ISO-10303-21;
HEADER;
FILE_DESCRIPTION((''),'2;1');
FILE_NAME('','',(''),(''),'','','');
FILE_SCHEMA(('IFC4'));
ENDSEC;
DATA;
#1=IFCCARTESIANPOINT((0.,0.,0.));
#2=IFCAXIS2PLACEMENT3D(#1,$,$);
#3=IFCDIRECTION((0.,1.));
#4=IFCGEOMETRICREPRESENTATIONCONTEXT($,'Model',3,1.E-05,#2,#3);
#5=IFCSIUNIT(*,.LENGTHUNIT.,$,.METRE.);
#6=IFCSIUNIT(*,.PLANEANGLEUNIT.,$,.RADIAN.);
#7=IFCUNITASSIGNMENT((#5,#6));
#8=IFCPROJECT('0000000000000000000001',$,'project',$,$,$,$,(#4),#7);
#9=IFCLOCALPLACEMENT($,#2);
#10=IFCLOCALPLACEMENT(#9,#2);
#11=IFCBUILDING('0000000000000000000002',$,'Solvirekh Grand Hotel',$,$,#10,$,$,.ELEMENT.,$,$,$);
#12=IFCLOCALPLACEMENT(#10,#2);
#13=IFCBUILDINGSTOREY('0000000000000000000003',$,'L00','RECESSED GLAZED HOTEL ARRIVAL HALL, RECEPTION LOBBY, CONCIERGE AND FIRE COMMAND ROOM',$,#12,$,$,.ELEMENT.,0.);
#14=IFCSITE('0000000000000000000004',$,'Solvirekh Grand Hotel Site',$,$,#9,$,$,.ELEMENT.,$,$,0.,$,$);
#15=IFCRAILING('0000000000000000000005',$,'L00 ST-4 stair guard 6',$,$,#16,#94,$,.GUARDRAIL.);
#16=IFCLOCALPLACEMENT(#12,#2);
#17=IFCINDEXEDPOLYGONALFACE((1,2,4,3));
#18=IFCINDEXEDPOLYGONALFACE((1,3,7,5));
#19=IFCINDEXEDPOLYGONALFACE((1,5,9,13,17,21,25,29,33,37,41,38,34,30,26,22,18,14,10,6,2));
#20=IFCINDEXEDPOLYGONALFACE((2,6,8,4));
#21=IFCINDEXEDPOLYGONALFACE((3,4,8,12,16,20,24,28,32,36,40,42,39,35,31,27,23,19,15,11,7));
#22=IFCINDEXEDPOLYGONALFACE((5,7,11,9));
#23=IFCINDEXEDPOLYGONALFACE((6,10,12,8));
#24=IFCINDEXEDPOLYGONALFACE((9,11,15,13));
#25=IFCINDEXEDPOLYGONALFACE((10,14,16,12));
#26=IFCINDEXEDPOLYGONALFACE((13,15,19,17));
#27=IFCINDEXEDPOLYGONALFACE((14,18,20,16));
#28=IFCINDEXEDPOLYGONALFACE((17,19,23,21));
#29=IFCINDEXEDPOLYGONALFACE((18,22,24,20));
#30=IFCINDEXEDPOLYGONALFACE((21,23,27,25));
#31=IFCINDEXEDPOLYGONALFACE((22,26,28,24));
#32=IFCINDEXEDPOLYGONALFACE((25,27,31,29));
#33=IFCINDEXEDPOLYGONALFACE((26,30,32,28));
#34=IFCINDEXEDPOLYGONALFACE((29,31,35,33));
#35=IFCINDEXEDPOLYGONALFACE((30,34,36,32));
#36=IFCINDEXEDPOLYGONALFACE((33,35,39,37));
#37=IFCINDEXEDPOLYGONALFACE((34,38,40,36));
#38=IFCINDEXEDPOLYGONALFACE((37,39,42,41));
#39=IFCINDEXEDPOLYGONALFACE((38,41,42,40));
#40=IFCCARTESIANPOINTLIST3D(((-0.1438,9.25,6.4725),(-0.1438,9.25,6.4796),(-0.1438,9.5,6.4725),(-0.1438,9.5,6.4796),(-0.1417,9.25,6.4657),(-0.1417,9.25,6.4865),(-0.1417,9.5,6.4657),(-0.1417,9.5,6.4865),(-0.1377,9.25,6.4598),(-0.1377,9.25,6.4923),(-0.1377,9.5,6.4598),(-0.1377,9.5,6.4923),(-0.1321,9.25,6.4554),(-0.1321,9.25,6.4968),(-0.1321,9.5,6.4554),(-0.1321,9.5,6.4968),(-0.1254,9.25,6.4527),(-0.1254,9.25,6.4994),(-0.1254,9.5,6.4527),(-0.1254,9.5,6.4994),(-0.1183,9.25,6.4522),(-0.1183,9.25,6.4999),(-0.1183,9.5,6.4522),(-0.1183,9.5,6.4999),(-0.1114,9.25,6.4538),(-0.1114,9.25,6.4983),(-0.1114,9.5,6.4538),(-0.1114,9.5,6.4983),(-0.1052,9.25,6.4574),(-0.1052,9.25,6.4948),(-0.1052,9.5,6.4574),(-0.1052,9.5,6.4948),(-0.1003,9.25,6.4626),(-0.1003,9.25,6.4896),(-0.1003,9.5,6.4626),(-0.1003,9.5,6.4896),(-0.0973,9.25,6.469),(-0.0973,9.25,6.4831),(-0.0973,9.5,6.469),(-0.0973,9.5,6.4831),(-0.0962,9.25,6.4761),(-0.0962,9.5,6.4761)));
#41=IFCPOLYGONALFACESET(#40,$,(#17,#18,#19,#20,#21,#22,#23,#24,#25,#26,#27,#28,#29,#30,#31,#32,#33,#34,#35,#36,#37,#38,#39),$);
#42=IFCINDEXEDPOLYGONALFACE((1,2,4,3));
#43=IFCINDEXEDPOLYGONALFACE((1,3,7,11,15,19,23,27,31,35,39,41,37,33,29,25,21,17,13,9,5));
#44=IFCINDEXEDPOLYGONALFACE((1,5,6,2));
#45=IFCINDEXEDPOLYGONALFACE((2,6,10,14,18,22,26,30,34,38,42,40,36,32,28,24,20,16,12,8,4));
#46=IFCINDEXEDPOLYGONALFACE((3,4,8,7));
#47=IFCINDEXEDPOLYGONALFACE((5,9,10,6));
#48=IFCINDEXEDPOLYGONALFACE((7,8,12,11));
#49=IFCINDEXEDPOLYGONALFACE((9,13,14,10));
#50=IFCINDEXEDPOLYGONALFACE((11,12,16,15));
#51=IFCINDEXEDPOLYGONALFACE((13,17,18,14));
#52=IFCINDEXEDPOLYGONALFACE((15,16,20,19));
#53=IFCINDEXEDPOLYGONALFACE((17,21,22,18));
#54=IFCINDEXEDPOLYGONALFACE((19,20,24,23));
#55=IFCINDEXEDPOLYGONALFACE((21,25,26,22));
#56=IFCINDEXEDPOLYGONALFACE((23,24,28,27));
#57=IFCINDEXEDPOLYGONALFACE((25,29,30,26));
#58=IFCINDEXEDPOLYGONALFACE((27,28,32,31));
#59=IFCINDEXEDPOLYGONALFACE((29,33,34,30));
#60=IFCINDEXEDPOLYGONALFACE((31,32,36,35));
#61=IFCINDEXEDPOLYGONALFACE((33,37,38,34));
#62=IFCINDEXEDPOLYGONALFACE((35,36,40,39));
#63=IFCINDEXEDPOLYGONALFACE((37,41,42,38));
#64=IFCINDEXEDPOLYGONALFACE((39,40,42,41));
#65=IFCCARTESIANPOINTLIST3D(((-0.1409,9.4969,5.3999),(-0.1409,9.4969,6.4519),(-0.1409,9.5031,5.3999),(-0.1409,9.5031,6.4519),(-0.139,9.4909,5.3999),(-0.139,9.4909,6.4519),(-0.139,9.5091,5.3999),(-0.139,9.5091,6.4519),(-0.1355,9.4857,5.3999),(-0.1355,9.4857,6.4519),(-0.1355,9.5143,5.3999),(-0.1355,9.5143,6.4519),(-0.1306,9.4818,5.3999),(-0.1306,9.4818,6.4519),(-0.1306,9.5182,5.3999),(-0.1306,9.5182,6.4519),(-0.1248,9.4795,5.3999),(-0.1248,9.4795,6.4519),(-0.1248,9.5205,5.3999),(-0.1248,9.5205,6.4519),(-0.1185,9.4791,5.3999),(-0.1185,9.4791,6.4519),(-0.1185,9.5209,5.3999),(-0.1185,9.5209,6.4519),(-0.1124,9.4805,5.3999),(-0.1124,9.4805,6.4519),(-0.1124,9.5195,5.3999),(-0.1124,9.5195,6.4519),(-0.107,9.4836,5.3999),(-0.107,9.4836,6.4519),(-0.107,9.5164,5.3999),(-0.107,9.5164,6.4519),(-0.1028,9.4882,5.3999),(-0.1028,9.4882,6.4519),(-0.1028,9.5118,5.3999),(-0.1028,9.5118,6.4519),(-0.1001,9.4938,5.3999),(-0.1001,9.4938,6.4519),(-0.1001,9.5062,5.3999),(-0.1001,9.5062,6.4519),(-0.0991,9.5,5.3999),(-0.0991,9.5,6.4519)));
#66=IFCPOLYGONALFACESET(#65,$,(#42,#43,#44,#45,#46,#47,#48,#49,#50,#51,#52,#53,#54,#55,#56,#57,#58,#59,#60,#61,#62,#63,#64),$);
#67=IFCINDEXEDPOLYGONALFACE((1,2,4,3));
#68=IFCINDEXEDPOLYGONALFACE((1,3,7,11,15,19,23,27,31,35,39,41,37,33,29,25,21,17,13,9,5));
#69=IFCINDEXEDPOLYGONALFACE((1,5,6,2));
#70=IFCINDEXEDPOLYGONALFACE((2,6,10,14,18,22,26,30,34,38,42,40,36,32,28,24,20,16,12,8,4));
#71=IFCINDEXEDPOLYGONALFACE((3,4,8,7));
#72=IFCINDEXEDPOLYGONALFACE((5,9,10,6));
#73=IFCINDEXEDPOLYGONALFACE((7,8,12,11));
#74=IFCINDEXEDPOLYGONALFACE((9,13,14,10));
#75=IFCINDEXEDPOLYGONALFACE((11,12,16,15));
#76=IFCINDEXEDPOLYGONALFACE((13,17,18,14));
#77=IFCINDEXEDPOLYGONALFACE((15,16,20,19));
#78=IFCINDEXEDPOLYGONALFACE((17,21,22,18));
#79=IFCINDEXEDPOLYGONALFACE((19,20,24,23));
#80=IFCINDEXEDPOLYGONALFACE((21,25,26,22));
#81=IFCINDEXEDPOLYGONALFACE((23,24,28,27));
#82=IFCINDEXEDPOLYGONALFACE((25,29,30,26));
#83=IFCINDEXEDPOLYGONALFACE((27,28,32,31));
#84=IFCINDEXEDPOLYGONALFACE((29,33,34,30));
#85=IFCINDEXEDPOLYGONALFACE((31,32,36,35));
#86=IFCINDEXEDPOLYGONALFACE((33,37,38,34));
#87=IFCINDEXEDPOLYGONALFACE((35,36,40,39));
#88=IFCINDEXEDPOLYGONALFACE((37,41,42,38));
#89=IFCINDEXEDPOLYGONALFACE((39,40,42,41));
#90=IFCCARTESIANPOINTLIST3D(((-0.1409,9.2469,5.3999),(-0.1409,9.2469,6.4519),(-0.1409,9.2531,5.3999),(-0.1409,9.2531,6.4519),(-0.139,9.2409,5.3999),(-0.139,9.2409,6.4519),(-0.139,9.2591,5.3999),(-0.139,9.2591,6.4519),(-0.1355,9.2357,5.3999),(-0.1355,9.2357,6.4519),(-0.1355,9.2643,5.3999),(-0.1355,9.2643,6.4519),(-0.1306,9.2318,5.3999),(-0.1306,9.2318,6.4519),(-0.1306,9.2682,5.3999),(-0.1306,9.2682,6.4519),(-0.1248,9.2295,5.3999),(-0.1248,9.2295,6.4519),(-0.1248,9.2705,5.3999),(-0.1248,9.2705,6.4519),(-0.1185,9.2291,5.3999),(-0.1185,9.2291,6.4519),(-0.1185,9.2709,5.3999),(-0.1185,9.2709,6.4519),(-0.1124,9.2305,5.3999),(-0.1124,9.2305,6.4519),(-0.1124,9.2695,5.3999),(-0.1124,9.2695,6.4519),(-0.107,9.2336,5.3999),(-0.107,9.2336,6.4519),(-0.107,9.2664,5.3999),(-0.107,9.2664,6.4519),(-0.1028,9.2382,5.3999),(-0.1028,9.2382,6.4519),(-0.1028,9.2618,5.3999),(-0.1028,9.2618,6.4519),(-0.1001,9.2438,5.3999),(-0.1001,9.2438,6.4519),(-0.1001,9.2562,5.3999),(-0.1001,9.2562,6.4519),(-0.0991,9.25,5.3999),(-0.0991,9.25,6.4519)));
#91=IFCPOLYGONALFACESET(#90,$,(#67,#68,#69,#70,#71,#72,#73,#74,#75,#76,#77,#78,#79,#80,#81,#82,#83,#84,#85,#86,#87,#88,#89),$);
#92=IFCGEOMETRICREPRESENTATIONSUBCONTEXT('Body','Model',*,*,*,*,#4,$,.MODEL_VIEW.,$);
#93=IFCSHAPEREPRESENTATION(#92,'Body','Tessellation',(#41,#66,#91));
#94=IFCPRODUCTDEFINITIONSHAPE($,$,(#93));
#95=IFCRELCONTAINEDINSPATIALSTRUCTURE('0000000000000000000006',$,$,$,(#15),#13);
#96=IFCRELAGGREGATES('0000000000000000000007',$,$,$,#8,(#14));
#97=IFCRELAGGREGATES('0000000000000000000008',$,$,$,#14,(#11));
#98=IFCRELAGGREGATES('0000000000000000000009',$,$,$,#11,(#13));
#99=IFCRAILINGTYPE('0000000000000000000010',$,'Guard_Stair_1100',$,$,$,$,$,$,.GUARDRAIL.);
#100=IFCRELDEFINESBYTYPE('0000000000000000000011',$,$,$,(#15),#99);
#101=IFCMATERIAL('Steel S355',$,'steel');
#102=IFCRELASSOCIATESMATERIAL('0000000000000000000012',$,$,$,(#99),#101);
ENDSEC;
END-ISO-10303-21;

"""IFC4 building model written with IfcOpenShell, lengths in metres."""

from ifc_helpers import new_model, si_unit, direction, frame, origin, origin_2d, place, context, subcontext, project, spatial, circle, extrude, material, type_object, element, save


model = new_model("IFC4")

# Units and contexts
model_context = context("Model", 3, precision=1e-05, world=origin(), true_north=direction((0.0, 1.0)))
body_context = subcontext(model_context, "Body", "Model", "MODEL_VIEW")
ifc_project = project(units=[si_unit("LENGTHUNIT", "METRE"), si_unit("PLANEANGLEUNIT", "RADIAN")], contexts=[model_context])

# Site, building, storey
site_placement = place(None, origin())
site = spatial("IfcSite", under=ifc_project, at=site_placement, Name="Solvirekh Grand Hotel Site", CompositionType="ELEMENT", RefElevation=0.0)
building_placement = place(site_placement, origin())
building = spatial("IfcBuilding", under=site, at=building_placement, Name="Solvirekh Grand Hotel", CompositionType="ELEMENT")
storey_placement = place(building_placement, origin())
storey = spatial("IfcBuildingStorey", under=building, at=storey_placement, Name="L00", Description="RECESSED GLAZED HOTEL ARRIVAL HALL, RECEPTION LOBBY, CONCIERGE AND FIRE COMMAND ROOM", CompositionType="ELEMENT", Elevation=0.0)

# Shared definitions
ifc_material_1 = material(Name="Steel S355", Category="steel")

# Railing
railing_type_1 = type_object("IfcRailingType", Name="Guard_Stair_1100", PredefinedType="GUARDRAIL", material=ifc_material_1)
railing_1_placement = place(storey_placement, frame((-0.1201, 9.5, 5.3999)))
element("IfcRailing", 1, at=railing_1_placement, inside=storey, type_object=railing_type_1, Name="L00 ST-4 stair guard 6", PredefinedType="GUARDRAIL", context=body_context, shape_type="SweptSolid", body=[
    extrude(circle(Radius=0.0239, at=origin_2d()), frame((0.0, 0.0, 1.0762), z_axis=(0.0, -1.0, 0.0), x_axis=(1.0, 0.0, 0.0)), (0.0, 0.0, 1.0), 0.25),
    extrude(circle(Radius=0.021, at=origin_2d()), origin(), (0.0, 0.0, 1.0), 1.052),
    extrude(circle(Radius=0.021, at=origin_2d()), frame((0.0, -0.25, 0.0)), (0.0, 0.0, 1.0), 1.052),
])

save(model, "model.ifc")
